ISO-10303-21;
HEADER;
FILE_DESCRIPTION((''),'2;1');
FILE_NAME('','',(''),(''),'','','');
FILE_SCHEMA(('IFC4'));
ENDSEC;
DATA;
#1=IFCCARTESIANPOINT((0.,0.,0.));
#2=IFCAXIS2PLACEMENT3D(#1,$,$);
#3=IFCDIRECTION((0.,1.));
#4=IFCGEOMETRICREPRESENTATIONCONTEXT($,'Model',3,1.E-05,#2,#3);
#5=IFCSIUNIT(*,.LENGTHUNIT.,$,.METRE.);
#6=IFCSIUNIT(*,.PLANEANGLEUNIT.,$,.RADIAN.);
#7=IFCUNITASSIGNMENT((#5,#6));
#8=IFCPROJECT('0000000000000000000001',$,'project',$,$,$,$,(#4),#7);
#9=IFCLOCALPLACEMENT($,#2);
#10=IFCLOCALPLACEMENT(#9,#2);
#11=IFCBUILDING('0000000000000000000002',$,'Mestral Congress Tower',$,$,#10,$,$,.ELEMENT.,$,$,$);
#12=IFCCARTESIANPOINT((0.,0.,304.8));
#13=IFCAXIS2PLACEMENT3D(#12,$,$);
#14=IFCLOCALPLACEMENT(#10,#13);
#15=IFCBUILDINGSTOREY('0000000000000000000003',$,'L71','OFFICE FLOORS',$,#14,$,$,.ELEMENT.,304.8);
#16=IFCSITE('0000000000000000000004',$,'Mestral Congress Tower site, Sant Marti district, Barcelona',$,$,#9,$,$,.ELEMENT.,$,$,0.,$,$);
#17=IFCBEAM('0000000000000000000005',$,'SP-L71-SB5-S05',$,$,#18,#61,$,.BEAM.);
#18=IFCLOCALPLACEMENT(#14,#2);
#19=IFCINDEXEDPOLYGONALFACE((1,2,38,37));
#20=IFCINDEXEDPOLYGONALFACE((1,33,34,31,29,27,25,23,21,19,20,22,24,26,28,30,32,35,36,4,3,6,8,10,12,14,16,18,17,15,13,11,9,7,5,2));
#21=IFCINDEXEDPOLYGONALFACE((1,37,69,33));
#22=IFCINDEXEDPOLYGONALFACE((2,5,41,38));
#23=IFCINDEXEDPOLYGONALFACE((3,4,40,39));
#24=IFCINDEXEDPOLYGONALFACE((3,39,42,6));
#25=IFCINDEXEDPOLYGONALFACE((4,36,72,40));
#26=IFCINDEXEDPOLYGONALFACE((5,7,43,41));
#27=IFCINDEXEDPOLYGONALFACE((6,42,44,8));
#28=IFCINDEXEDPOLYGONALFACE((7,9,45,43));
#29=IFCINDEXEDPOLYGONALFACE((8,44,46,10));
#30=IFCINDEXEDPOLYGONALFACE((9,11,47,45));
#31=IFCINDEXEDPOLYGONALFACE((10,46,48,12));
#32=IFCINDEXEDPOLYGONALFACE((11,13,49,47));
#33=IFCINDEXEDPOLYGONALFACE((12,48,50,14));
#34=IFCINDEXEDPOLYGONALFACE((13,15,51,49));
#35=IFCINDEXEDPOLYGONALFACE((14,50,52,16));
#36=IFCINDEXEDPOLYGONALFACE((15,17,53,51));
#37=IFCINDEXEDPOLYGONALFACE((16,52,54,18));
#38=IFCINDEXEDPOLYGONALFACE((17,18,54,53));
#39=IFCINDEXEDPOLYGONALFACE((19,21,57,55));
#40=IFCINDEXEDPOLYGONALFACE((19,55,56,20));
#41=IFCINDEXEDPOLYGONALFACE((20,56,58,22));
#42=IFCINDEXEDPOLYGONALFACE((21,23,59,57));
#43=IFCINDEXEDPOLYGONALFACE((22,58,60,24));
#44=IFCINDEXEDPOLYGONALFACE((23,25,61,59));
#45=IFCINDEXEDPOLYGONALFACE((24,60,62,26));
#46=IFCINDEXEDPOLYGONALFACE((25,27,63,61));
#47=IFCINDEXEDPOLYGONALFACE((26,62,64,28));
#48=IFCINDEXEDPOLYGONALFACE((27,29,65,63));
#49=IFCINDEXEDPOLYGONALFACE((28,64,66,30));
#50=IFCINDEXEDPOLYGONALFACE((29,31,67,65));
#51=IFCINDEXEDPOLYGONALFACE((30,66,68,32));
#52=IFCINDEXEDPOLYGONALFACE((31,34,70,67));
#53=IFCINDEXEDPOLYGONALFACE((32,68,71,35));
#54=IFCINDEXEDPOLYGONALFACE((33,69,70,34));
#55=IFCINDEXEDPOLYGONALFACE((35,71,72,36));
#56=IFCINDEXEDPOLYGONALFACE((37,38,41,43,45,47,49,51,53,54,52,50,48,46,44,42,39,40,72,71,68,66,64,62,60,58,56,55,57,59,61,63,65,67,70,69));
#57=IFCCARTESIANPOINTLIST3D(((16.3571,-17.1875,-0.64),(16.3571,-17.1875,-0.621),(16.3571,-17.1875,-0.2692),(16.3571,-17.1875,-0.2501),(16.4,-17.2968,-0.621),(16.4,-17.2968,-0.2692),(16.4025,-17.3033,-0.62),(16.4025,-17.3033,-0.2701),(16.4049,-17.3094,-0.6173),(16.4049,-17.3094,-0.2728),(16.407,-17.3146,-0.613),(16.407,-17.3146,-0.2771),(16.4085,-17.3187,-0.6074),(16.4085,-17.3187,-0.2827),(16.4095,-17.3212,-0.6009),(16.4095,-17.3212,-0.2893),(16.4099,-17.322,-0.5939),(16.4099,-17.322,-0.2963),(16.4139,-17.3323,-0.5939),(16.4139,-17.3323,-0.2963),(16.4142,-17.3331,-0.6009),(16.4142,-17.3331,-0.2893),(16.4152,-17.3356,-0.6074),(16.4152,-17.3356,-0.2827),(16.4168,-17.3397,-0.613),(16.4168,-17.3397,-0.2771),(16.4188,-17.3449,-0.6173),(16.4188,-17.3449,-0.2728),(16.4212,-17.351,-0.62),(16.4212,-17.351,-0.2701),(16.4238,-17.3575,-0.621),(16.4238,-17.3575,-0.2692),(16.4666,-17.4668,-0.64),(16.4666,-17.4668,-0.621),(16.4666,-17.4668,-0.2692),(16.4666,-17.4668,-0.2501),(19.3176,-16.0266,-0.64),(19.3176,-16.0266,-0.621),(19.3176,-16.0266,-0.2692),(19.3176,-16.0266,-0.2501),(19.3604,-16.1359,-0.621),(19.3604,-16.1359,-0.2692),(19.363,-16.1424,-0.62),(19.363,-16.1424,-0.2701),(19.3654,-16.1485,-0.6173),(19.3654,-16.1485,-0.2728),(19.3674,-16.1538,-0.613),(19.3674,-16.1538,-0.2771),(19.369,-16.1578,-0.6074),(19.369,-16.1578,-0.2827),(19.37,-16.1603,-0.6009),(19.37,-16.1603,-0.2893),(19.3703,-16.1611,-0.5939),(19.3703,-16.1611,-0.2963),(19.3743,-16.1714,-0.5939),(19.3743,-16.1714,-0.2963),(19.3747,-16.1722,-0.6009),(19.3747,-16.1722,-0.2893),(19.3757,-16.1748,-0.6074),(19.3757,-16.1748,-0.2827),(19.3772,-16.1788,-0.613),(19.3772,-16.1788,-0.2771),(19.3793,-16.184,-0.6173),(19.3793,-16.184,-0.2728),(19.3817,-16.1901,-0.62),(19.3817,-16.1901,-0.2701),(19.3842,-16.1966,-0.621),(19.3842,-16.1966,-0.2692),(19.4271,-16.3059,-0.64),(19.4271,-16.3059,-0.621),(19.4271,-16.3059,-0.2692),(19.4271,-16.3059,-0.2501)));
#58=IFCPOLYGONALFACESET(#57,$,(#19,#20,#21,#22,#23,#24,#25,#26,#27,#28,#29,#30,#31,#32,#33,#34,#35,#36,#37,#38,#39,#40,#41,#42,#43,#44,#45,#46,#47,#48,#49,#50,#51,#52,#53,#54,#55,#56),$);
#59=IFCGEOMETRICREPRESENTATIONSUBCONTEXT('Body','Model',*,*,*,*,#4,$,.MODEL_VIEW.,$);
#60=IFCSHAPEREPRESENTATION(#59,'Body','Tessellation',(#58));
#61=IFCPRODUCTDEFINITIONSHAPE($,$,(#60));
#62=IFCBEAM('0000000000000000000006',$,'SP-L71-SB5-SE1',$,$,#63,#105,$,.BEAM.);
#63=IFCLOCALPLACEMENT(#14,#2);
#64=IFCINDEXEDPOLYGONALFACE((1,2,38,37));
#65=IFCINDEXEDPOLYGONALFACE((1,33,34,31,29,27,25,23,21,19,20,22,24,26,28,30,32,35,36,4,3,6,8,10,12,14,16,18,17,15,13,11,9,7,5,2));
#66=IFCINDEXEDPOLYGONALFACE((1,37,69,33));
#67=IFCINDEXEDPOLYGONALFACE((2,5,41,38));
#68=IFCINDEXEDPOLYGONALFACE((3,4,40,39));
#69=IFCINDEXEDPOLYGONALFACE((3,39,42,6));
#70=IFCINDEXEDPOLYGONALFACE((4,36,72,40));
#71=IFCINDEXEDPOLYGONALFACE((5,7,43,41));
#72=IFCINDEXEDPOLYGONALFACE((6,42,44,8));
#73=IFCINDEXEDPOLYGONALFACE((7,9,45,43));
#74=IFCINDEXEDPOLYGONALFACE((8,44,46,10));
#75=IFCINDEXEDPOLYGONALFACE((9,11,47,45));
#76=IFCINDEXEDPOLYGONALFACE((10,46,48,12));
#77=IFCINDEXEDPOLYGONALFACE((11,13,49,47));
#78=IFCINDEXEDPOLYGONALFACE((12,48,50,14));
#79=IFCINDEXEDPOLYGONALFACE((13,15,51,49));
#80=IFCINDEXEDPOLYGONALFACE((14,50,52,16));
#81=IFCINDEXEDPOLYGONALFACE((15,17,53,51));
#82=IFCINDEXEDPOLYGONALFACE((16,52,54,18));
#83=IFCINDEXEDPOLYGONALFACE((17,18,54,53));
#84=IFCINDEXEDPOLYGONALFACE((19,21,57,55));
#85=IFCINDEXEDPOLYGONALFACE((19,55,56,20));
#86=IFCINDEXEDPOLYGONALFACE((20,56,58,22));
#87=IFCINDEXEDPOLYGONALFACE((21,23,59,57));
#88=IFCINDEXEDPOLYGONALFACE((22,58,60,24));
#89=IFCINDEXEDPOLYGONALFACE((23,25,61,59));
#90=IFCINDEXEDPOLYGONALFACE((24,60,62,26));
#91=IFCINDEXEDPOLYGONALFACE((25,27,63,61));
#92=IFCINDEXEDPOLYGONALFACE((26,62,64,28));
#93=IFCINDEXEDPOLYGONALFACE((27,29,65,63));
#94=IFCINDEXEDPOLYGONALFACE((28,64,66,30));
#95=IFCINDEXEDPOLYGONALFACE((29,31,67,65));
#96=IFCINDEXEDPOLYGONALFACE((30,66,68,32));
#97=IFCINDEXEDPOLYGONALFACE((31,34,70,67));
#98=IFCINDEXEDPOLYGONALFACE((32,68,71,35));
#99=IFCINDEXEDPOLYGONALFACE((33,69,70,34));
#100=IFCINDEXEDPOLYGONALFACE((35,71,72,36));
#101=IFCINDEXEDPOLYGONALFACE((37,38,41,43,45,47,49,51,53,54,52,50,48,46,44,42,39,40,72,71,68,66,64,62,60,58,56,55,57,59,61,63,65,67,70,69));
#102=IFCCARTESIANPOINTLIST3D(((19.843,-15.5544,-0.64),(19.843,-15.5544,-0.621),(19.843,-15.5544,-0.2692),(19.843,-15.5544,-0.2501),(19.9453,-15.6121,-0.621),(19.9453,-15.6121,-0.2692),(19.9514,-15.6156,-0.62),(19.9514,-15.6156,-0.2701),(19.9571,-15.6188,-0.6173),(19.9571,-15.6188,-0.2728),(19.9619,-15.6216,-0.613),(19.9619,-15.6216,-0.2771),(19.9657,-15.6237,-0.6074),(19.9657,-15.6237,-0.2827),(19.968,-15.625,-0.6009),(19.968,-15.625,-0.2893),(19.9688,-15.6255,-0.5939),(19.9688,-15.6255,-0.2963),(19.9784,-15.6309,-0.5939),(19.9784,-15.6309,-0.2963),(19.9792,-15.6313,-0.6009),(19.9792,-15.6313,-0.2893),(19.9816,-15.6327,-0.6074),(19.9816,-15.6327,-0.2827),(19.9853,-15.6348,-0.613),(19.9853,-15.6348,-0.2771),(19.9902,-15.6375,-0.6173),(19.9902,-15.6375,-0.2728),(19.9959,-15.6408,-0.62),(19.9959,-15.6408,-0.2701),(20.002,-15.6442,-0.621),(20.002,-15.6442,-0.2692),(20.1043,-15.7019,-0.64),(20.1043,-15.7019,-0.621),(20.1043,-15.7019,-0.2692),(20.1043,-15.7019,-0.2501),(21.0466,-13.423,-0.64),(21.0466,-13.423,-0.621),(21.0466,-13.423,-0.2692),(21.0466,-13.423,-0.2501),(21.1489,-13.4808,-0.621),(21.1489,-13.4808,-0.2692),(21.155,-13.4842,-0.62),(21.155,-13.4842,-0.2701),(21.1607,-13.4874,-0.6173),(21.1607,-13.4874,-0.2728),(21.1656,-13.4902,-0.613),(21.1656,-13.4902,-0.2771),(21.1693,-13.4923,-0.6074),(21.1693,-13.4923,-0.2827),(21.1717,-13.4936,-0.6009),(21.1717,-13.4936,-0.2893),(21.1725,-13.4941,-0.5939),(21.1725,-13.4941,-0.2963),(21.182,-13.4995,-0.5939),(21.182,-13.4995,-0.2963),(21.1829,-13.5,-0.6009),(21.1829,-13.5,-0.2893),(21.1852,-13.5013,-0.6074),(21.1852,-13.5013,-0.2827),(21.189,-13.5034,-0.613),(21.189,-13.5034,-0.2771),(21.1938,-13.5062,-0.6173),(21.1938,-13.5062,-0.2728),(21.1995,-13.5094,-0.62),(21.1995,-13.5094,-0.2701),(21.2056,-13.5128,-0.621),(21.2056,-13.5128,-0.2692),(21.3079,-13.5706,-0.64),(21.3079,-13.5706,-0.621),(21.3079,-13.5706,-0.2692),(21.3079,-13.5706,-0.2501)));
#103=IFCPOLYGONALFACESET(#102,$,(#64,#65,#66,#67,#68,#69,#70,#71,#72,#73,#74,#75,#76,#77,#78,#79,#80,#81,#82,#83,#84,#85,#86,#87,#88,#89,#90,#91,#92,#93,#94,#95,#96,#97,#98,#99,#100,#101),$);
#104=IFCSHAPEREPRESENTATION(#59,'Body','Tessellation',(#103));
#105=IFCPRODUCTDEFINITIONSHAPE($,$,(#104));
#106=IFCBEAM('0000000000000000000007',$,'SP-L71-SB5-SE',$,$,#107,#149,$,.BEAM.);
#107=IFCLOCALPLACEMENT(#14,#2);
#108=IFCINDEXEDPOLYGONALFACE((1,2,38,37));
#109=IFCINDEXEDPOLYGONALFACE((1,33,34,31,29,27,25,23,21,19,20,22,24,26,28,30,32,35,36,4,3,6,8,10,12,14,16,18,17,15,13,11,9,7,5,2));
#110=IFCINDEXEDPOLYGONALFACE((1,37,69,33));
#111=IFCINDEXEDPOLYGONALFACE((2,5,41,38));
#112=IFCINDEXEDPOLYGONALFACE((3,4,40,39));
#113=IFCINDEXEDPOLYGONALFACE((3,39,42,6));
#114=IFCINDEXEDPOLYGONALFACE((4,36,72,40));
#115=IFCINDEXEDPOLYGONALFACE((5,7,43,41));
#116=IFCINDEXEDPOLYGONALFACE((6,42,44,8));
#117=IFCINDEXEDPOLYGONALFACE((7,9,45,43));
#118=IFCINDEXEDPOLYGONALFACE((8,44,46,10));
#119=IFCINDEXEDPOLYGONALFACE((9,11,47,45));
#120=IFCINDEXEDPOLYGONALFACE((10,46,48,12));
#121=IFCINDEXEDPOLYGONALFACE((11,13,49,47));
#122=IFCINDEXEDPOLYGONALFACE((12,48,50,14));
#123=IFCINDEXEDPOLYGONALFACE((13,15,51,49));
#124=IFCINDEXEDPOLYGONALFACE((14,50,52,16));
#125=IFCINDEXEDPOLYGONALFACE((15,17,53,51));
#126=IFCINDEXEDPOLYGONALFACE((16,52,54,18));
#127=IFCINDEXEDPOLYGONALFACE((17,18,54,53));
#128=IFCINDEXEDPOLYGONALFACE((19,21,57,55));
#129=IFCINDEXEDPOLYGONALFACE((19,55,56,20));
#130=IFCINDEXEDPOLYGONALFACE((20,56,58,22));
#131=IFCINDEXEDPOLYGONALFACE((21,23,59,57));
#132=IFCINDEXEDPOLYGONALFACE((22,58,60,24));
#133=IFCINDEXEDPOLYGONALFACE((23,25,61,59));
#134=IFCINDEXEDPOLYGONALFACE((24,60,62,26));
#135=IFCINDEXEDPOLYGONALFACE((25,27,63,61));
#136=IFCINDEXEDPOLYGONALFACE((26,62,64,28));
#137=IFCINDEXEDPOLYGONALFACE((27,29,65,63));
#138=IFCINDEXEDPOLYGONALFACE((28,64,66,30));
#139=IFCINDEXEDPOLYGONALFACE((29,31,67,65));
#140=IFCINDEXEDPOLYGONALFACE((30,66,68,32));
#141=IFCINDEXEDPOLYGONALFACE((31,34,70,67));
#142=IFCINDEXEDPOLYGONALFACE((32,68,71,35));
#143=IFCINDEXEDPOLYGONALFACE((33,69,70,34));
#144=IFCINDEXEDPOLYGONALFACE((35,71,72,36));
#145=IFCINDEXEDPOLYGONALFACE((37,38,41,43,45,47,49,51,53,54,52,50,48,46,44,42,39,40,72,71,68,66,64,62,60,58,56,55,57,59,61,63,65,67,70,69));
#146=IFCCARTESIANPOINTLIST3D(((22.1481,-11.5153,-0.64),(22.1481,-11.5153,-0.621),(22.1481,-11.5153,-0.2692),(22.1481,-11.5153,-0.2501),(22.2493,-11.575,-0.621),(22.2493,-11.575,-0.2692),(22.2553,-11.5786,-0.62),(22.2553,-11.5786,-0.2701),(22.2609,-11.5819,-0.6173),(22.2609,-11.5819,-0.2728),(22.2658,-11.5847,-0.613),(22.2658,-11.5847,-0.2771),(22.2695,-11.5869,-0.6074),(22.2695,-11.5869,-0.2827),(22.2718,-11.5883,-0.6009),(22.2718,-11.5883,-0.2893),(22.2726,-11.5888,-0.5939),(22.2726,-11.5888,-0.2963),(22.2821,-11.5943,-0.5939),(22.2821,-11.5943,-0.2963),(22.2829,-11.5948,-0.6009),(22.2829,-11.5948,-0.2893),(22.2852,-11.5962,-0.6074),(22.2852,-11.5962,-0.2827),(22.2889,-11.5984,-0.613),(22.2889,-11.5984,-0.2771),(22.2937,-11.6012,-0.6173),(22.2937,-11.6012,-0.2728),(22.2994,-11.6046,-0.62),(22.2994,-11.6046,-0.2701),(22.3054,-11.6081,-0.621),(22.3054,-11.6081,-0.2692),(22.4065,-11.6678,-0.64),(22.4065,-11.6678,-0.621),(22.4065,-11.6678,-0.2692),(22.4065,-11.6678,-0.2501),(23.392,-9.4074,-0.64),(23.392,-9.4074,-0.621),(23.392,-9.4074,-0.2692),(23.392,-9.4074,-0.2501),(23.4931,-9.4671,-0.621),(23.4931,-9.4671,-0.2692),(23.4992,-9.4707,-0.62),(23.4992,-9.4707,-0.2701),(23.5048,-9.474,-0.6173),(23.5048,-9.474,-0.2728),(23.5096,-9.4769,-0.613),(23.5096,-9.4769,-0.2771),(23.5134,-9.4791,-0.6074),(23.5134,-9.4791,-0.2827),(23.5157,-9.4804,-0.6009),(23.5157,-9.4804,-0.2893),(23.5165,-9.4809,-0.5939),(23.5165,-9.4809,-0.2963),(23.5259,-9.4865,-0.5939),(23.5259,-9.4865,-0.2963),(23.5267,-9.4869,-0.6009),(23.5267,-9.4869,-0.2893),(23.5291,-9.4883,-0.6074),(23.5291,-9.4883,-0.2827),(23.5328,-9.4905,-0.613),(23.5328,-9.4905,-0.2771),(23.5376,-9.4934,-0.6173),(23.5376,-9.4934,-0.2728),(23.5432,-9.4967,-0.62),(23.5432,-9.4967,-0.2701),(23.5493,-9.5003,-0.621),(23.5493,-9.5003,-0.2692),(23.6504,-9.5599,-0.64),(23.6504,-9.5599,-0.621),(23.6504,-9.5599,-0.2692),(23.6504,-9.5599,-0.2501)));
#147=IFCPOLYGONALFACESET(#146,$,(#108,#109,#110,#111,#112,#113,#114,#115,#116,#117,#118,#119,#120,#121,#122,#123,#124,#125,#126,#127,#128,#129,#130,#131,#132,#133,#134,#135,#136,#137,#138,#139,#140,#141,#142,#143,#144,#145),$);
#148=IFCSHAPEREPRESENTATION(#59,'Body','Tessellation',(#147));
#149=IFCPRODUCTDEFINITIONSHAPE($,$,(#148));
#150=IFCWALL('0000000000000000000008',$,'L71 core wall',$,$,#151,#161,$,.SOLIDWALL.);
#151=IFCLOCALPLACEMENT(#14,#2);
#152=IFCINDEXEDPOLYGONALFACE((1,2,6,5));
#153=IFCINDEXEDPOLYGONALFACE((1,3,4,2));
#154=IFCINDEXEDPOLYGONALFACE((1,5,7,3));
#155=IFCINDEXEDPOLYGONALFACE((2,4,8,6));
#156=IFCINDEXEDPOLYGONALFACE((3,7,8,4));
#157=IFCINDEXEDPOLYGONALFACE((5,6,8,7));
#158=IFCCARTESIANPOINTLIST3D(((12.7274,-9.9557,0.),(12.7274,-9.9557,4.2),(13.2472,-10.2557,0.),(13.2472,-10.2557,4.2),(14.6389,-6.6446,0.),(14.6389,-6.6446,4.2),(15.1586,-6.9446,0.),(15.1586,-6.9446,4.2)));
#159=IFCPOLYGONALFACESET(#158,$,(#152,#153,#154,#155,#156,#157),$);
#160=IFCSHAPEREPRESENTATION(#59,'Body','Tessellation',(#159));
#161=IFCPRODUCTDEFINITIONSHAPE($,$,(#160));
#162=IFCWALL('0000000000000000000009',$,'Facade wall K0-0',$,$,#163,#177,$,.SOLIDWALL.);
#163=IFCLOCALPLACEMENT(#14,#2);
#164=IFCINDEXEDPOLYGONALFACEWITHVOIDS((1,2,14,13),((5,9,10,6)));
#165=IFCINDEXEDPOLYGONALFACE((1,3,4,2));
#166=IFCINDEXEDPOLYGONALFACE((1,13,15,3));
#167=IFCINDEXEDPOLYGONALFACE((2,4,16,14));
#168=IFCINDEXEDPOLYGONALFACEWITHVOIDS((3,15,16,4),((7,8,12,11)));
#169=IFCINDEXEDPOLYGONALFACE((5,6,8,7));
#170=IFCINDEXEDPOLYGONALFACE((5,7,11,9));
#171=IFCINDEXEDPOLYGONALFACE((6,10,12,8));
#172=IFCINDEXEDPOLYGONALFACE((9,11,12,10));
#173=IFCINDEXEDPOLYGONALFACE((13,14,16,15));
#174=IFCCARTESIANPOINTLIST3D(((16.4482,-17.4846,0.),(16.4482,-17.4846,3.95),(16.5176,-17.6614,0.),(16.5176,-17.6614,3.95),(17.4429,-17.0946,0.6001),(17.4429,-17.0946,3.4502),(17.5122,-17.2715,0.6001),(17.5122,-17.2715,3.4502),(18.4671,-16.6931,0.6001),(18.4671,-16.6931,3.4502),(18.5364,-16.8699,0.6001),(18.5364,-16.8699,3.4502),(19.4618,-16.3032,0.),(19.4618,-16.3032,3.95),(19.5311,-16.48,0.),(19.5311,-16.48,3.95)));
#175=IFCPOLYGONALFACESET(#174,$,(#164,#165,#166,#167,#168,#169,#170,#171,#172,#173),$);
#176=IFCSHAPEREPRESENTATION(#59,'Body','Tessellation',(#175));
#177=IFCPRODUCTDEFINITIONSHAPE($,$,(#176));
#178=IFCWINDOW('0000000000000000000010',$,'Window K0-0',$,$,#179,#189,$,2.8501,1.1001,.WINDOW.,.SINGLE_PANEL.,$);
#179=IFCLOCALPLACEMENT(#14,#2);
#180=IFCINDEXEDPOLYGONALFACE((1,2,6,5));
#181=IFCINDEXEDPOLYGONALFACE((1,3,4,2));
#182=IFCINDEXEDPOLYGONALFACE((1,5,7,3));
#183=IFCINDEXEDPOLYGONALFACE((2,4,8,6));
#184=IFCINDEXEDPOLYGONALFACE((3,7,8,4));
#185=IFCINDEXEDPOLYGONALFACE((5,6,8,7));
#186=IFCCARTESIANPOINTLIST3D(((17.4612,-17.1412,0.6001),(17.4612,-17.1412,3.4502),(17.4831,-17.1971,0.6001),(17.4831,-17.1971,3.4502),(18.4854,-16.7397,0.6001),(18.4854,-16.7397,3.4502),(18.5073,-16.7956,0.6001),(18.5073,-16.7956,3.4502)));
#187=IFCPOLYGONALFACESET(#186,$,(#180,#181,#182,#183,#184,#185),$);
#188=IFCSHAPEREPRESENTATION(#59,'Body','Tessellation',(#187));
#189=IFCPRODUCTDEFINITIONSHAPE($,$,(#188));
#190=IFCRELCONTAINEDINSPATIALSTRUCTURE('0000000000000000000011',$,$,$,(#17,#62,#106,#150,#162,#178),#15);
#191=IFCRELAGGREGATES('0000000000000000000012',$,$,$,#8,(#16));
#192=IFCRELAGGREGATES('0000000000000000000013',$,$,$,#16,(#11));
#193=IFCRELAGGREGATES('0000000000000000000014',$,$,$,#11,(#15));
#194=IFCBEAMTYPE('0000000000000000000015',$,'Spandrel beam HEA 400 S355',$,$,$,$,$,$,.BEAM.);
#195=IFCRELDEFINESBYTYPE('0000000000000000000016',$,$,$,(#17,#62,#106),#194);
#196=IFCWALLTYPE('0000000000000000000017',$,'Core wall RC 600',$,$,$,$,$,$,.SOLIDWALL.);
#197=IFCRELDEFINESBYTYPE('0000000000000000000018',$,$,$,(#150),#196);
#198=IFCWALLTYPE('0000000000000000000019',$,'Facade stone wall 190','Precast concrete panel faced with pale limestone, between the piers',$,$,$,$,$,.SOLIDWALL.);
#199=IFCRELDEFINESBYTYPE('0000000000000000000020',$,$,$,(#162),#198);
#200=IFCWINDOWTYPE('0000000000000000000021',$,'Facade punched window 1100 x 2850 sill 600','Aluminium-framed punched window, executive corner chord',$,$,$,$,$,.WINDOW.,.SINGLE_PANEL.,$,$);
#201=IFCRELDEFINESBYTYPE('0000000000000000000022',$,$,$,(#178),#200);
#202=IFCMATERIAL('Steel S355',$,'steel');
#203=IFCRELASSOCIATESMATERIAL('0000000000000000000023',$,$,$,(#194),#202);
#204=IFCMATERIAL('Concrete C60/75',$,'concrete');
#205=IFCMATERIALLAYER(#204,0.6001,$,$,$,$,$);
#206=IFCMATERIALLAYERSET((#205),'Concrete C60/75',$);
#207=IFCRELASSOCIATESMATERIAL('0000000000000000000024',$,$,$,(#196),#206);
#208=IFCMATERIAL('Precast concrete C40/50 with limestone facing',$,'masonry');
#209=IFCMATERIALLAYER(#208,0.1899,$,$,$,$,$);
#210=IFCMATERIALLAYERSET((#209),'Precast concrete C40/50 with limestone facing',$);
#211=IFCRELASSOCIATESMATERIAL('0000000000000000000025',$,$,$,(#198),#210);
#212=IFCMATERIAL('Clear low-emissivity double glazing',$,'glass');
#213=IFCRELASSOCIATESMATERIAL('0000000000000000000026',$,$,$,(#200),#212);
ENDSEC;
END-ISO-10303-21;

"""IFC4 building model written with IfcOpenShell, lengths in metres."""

from ifc_helpers import new_model, si_unit, direction, frame, frame_2d, origin, origin_2d, place, context, subcontext, project, spatial, rectangle, i_section, extrude, material, layer, layer_set, material_profile, profile_set, type_object, element, fill, save


model = new_model("IFC4")

# Units and contexts
model_context = context("Model", 3, precision=1e-05, world=origin(), true_north=direction((0.0, 1.0)))
body_context = subcontext(model_context, "Body", "Model", "MODEL_VIEW")
ifc_project = project(units=[si_unit("LENGTHUNIT", "METRE"), si_unit("PLANEANGLEUNIT", "RADIAN")], contexts=[model_context])

# Site, building, storey
site_placement = place(None, origin())
site = spatial("IfcSite", under=ifc_project, at=site_placement, Name="Mestral Congress Tower site, Sant Marti district, Barcelona", CompositionType="ELEMENT", RefElevation=0.0)
building_placement = place(site_placement, origin())
building = spatial("IfcBuilding", under=site, at=building_placement, Name="Mestral Congress Tower", CompositionType="ELEMENT")
storey_placement = place(building_placement, frame((0.0, 0.0, 304.8)))
storey = spatial("IfcBuildingStorey", under=building, at=storey_placement, Name="L71", Description="OFFICE FLOORS", CompositionType="ELEMENT", Elevation=304.8)

# Shared definitions
ifc_material_1 = material(Name="Concrete C60/75", Category="concrete")

# Beams
ifc_material_2 = material(Name="Steel S355", Category="steel")
ifc_material_profile_1 = material_profile(ifc_material_2, i_section(OverallWidth=0.3, OverallDepth=0.3899, WebThickness=0.011, FlangeThickness=0.019, FilletRadius=0.0271, at=origin_2d()), Name="HEA 400")
ifc_profile_set_1 = profile_set([ifc_material_profile_1], Name="Steel S355")
beam_type_1 = type_object("IfcBeamType", Name="Spandrel beam HEA 400 S355", PredefinedType="BEAM", material=ifc_profile_set_1)
beam_1_placement = place(storey_placement, frame((16.4119, -17.3271, -0.4451), z_axis=(0.930981, 0.365068, 0.0), x_axis=(-0.365068, 0.930981, 0.0)))
element("IfcBeam", 1, at=beam_1_placement, inside=storey, type_object=beam_type_1, Name="SP-L71-SB5-S05", PredefinedType="BEAM", context=body_context, shape_type="SweptSolid", body=[
    extrude(i_section(OverallWidth=0.3, OverallDepth=0.3899, WebThickness=0.011, FlangeThickness=0.019, FilletRadius=0.0271, at=origin_2d()), origin(), (0.0, 0.0, 1.0), 3.1799),
])
beam_2_placement = place(storey_placement, frame((19.9736, -15.6282, -0.4451), z_axis=(0.491729, 0.870749, 0.0), x_axis=(-0.870749, 0.491729, 0.0)))
element("IfcBeam", 2, at=beam_2_placement, inside=storey, type_object=beam_type_1, Name="SP-L71-SB5-SE1", PredefinedType="BEAM", context=body_context, shape_type="SweptSolid", body=[
    extrude(i_section(OverallWidth=0.3, OverallDepth=0.3899, WebThickness=0.011, FlangeThickness=0.019, FilletRadius=0.0271, at=origin_2d()), origin(), (0.0, 0.0, 1.0), 2.4478),
])
beam_3_placement = place(storey_placement, frame((22.2773, -11.5916, -0.4451), z_axis=(0.508218, 0.861228, 0.0), x_axis=(-0.861228, 0.508218, 0.0)))
element("IfcBeam", 3, at=beam_3_placement, inside=storey, type_object=beam_type_1, Name="SP-L71-SB5-SE", PredefinedType="BEAM", context=body_context, shape_type="SweptSolid", body=[
    extrude(i_section(OverallWidth=0.3, OverallDepth=0.3899, WebThickness=0.011, FlangeThickness=0.019, FilletRadius=0.0271, at=origin_2d()), origin(), (0.0, 0.0, 1.0), 2.4475),
])

# Wall
ifc_layer_1 = layer(ifc_material_1, 0.6001)
ifc_layer_set_1 = layer_set([ifc_layer_1], Name="Concrete C60/75")
wall_type_1 = type_object("IfcWallType", Name="Core wall RC 600", PredefinedType="SOLIDWALL", material=ifc_layer_set_1)
wall_1_placement = place(storey_placement, frame((12.9873, -10.1057, 0.0), z_axis=(0.0, 0.0, 1.0), x_axis=(0.499951, 0.866054, 0.0)))
element("IfcWall", 4, at=wall_1_placement, inside=storey, type_object=wall_type_1, Name="L71 core wall", PredefinedType="SOLIDWALL", context=body_context, shape_type="SweptSolid", body=[
    extrude(rectangle(XDim=3.8232, YDim=0.6001, at=frame_2d((1.9116, 0.0))), origin(), (0.0, 0.0, 1.0), 4.2),
])

# Wall, opening, window
ifc_material_3 = material(Name="Precast concrete C40/50 with limestone facing", Category="masonry")
ifc_layer_2 = layer(ifc_material_3, 0.1899)
ifc_layer_set_2 = layer_set([ifc_layer_2], Name="Precast concrete C40/50 with limestone facing")
wall_type_2 = type_object("IfcWallType", Name="Facade stone wall 190", Description="Precast concrete panel faced with pale limestone, between the piers", PredefinedType="SOLIDWALL", material=ifc_layer_set_2)
wall_2_placement = place(storey_placement, frame((16.4829, -17.573, 0.0), z_axis=(0.0, 0.0, 1.0), x_axis=(0.931009, 0.364997, 0.0)))
wall_2 = element("IfcWall", 5, at=wall_2_placement, inside=storey, type_object=wall_type_2, Name="Facade wall K0-0", PredefinedType="SOLIDWALL", context=body_context, shape_type="SweptSolid", body=[
    extrude(rectangle(XDim=3.2368, YDim=0.1899, at=frame_2d((1.6184, 0.0))), origin(), (0.0, 0.0, 1.0), 3.95),
])
opening_1_placement = place(wall_2_placement, frame((1.0684, 0.0, 0.6001)))
opening_1 = element("IfcOpeningElement", 6, at=opening_1_placement, cuts=wall_2, PredefinedType="OPENING", context=body_context, shape_type="SweptSolid", body=[
    extrude(rectangle(XDim=1.1001, YDim=2.8501, at=frame_2d((0.55, 1.425))), frame((0.0, 0.105, 0.0), z_axis=(0.0, -1.0, 0.0), x_axis=(1.0, 0.0, 0.0)), (0.0, 0.0, 1.0), 0.21),
])
ifc_material_4 = material(Name="Clear low-emissivity double glazing", Category="glass")
window_type = type_object("IfcWindowType", Name="Facade punched window 1100 x 2850 sill 600", Description="Aluminium-framed punched window, executive corner chord", PartitioningType="SINGLE_PANEL", PredefinedType="WINDOW", material=ifc_material_4)
window_1_placement = place(opening_1_placement, origin())
window_1 = element("IfcWindow", 7, at=window_1_placement, inside=storey, type_object=window_type, Name="Window K0-0", OverallHeight=2.8501, OverallWidth=1.1001, PartitioningType="SINGLE_PANEL", PredefinedType="WINDOW", context=body_context, shape_type="SweptSolid", body=[
    extrude(rectangle(XDim=1.1001, YDim=2.8501, at=frame_2d((0.55, 1.425))), frame((0.0, 0.0449, 0.0), z_axis=(0.0, -1.0, 0.0), x_axis=(1.0, 0.0, 0.0)), (0.0, 0.0, 1.0), 0.0601),
])
fill(opening_1, window_1)

save(model, "model.ifc")
